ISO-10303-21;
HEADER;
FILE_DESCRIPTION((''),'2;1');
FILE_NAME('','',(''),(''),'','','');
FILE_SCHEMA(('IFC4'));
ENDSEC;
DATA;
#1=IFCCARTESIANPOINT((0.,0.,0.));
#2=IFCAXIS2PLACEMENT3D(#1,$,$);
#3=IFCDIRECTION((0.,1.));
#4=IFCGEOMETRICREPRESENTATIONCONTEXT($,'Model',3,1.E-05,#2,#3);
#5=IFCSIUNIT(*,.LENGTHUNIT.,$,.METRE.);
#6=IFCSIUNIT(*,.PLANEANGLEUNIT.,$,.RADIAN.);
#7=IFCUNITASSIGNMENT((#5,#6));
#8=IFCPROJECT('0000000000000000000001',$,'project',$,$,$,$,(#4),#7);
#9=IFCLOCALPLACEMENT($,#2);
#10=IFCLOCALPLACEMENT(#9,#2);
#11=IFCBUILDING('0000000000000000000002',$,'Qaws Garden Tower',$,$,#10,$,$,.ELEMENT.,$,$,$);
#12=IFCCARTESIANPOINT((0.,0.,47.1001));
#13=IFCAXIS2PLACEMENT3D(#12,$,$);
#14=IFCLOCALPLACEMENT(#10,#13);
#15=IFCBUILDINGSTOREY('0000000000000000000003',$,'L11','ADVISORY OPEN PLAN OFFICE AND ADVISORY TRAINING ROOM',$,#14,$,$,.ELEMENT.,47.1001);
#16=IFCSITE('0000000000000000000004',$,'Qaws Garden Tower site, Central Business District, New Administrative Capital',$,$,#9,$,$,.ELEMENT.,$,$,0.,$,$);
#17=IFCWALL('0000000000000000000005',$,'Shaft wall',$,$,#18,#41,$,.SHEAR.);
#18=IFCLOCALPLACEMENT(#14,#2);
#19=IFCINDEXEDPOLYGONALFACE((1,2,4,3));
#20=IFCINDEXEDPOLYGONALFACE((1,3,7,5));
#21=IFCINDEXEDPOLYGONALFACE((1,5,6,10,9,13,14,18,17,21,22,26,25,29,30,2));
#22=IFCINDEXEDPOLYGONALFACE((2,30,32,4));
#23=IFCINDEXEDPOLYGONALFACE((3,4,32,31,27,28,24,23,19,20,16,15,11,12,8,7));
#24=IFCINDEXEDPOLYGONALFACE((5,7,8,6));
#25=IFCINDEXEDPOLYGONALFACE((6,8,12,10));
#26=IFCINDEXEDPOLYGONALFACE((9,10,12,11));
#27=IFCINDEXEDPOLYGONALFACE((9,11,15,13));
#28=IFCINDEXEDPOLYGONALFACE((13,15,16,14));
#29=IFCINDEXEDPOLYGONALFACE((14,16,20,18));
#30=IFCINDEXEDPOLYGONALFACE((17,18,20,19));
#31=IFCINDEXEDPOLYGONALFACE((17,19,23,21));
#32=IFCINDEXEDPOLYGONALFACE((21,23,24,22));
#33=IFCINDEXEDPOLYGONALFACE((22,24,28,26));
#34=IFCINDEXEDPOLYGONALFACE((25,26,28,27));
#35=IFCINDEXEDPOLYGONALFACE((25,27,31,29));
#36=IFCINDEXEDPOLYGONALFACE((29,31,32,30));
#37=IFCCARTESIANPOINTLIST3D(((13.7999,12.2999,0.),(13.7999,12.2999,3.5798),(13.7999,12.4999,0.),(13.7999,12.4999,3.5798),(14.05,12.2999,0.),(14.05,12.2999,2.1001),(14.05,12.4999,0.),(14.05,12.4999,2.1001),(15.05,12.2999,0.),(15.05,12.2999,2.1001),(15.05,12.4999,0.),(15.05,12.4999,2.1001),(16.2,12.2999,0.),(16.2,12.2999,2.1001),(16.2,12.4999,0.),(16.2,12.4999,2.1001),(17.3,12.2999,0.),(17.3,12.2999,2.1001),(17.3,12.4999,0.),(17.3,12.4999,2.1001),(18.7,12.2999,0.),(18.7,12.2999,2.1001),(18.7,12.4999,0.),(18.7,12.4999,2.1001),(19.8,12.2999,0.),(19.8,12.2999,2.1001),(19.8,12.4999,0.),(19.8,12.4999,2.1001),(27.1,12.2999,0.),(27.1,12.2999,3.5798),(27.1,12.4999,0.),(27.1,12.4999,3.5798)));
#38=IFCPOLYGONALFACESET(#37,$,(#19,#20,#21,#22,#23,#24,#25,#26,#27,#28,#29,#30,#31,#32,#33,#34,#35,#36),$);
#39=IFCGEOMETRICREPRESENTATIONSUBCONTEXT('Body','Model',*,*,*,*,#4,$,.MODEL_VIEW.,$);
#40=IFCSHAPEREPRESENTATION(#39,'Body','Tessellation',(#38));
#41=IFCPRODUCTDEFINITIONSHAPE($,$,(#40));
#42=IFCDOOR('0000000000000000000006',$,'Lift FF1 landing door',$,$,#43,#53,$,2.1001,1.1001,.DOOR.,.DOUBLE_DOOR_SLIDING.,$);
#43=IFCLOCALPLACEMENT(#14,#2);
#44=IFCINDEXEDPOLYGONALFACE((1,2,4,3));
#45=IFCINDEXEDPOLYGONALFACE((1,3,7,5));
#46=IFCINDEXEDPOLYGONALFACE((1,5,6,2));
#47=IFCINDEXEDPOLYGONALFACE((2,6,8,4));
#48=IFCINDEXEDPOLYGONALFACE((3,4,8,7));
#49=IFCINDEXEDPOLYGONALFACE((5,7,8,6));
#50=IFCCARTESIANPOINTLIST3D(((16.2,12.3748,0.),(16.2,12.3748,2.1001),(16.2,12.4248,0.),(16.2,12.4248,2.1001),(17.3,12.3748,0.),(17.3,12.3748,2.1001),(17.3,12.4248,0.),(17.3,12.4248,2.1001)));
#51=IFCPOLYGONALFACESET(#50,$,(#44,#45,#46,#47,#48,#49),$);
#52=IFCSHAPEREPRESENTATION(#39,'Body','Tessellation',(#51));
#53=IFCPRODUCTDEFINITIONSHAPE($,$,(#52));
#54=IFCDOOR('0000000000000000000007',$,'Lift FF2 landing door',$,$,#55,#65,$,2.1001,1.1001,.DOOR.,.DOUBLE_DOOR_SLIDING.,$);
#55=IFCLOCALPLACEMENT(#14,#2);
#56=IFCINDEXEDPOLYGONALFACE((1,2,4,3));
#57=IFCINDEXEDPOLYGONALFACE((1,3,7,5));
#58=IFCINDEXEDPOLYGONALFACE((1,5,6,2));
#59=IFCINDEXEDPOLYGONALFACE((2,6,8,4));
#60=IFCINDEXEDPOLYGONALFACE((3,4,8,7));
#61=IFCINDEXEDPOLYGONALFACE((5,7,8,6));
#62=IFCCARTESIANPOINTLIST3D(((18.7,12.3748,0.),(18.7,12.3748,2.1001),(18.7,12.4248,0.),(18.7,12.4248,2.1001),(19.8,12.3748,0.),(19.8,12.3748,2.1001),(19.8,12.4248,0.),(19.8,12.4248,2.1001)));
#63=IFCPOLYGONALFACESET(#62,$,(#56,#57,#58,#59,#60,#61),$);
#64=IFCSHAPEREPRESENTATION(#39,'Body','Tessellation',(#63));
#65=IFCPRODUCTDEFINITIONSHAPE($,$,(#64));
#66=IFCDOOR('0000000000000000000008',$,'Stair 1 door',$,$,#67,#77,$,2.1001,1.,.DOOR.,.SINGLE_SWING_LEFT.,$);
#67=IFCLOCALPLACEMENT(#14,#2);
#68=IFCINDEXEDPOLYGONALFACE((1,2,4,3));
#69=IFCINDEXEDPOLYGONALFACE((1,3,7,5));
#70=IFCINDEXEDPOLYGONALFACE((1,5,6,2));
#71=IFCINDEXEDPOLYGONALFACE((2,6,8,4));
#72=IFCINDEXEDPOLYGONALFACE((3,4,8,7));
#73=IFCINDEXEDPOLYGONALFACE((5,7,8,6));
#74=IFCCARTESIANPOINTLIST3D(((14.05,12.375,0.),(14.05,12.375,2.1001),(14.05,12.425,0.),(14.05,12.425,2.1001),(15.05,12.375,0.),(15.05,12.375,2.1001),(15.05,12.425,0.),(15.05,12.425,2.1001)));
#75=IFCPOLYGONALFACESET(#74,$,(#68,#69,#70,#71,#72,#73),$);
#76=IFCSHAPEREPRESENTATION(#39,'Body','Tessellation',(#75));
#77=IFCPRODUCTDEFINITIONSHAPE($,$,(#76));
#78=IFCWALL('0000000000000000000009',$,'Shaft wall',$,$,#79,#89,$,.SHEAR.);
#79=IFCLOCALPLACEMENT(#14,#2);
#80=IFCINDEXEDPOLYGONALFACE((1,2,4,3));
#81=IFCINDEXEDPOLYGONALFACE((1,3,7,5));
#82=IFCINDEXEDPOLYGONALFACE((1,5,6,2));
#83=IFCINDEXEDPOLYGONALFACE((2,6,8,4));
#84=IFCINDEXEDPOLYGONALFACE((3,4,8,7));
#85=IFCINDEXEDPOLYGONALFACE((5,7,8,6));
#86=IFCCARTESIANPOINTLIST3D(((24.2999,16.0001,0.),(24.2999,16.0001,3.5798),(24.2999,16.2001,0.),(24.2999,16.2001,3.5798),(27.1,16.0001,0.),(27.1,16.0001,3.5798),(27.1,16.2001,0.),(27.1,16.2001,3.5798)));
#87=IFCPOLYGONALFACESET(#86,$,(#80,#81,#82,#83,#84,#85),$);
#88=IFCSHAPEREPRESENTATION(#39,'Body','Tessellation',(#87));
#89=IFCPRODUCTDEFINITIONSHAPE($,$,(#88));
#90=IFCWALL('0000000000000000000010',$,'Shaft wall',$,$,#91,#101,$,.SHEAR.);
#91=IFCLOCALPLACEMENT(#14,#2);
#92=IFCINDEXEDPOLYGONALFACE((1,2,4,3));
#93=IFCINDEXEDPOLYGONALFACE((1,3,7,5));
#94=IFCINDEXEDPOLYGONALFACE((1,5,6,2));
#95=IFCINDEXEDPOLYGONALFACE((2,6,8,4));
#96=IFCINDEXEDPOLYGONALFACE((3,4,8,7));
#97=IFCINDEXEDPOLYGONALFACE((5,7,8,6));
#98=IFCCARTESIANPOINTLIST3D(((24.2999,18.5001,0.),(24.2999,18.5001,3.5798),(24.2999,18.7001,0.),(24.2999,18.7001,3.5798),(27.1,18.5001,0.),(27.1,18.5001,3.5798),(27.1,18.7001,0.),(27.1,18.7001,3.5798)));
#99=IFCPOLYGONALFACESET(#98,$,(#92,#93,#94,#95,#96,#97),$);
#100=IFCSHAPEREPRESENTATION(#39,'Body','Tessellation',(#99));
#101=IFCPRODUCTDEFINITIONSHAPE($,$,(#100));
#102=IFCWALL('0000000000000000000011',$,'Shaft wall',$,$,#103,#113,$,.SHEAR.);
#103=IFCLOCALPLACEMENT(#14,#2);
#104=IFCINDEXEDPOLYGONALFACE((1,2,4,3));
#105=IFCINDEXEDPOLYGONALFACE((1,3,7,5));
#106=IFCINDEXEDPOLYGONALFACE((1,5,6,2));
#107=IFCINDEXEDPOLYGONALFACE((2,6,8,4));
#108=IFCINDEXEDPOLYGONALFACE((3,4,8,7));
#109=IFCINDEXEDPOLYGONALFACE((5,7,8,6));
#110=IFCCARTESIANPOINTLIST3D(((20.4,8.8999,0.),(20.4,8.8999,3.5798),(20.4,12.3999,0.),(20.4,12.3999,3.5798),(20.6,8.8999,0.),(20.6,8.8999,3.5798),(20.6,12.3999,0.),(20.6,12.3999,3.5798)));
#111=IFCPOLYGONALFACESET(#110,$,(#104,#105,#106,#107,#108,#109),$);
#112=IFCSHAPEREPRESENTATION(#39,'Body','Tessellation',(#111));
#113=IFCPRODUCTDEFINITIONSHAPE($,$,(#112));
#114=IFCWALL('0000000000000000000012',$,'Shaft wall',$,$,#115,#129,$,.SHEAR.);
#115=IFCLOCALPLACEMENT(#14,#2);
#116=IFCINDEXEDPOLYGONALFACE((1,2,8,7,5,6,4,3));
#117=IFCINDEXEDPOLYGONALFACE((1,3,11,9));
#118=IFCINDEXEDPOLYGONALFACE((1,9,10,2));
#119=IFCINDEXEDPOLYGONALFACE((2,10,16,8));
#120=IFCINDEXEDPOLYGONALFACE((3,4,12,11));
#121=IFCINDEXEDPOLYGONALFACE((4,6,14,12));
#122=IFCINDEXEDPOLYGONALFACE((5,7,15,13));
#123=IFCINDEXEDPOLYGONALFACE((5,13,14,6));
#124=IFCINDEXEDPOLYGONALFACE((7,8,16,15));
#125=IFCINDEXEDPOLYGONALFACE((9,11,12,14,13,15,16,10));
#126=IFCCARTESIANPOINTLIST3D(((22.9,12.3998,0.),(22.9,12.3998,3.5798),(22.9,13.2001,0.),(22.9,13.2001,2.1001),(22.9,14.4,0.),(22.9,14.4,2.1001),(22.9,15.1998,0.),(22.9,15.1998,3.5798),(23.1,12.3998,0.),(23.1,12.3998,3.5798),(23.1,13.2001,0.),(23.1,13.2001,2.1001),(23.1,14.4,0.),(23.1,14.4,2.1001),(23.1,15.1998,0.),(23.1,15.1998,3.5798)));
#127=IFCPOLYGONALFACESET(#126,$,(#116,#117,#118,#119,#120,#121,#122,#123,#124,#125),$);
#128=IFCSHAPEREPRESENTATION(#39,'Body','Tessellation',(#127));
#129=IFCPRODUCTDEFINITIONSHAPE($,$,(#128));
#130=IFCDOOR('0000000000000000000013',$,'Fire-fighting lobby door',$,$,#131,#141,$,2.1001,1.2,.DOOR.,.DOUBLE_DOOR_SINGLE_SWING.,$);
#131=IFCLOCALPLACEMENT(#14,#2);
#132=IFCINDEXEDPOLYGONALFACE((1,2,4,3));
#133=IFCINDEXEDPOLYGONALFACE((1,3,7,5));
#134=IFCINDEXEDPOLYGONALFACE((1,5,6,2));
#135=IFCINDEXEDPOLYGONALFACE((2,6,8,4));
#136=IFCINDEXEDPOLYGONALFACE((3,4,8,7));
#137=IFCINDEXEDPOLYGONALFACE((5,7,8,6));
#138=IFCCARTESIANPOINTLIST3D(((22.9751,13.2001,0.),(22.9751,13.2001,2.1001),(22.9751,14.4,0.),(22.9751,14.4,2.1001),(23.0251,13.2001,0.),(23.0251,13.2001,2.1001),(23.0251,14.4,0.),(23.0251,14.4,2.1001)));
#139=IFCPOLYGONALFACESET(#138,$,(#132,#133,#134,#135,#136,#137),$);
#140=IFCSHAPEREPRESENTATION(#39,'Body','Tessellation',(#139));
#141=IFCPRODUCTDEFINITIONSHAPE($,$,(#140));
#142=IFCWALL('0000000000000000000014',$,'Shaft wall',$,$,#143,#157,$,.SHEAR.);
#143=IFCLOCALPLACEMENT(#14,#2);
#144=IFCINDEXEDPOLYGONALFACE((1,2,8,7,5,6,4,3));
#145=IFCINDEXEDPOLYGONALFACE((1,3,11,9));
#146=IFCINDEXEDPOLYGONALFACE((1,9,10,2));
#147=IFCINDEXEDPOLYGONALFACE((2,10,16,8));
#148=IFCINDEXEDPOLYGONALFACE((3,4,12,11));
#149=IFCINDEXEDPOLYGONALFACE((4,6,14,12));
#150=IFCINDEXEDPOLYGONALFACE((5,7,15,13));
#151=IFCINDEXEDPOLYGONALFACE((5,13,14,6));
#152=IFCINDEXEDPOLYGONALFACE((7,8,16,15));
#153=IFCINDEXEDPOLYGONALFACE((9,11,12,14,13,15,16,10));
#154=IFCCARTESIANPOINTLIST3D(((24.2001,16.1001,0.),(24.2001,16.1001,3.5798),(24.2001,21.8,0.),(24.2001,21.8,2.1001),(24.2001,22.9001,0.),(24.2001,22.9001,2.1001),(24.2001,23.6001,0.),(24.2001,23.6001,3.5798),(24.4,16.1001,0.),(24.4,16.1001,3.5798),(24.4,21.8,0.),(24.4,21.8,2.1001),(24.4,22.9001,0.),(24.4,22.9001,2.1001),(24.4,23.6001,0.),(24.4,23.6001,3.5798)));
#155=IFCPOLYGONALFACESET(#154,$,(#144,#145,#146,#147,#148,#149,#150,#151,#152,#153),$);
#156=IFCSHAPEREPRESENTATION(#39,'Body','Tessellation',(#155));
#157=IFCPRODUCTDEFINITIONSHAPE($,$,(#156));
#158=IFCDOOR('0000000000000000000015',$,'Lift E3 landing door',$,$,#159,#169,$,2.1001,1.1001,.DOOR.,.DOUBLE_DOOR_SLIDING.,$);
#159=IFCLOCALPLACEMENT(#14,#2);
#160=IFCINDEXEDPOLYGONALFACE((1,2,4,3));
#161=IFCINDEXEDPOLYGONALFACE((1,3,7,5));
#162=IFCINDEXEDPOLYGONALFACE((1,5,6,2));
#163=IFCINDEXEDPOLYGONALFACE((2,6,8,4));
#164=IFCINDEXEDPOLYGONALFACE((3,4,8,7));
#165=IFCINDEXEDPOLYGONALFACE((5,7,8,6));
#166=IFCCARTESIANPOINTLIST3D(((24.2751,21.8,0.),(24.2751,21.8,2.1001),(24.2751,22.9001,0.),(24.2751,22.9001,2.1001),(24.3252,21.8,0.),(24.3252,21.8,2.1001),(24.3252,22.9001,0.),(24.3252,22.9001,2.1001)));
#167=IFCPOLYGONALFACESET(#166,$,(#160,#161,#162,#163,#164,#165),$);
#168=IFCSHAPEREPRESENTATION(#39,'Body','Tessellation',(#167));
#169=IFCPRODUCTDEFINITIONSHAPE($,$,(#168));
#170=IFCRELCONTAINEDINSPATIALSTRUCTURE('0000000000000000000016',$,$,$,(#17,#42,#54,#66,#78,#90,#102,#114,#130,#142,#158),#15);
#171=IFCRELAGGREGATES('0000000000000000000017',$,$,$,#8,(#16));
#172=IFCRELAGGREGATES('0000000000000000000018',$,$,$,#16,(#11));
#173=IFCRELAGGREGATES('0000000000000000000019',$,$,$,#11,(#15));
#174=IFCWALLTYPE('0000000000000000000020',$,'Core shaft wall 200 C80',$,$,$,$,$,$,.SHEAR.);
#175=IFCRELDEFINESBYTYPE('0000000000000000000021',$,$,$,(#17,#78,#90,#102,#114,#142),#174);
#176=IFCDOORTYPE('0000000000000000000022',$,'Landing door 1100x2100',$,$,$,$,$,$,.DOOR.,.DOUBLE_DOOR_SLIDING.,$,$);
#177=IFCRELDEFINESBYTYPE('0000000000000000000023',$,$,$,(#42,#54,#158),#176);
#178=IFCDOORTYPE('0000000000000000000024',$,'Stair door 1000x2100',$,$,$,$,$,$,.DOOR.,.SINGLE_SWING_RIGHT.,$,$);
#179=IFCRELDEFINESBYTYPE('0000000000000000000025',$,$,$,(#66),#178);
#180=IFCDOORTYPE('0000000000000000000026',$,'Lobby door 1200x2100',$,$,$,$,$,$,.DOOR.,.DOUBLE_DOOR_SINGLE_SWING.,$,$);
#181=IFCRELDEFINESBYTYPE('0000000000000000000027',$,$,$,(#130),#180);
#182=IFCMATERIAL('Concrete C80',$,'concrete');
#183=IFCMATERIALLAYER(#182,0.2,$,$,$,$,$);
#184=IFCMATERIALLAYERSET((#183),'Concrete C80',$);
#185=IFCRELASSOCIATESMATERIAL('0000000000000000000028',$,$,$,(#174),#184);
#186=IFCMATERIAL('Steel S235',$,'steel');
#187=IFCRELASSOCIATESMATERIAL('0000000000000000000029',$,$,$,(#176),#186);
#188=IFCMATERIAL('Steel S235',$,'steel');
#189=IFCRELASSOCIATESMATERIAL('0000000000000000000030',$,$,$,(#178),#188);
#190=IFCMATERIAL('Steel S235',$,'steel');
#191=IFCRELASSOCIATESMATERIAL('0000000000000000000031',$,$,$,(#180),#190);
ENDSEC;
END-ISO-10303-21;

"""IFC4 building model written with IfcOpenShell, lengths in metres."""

from ifc_helpers import new_model, si_unit, direction, frame, frame_2d, origin, place, context, subcontext, project, spatial, rectangle, extrude, material, layer, layer_set, type_object, element, fill, save


model = new_model("IFC4")

# Units and contexts
model_context = context("Model", 3, precision=1e-05, world=origin(), true_north=direction((0.0, 1.0)))
body_context = subcontext(model_context, "Body", "Model", "MODEL_VIEW")
ifc_project = project(units=[si_unit("LENGTHUNIT", "METRE"), si_unit("PLANEANGLEUNIT", "RADIAN")], contexts=[model_context])

# Site, building, storey
site_placement = place(None, origin())
site = spatial("IfcSite", under=ifc_project, at=site_placement, Name="Qaws Garden Tower site, Central Business District, New Administrative Capital", CompositionType="ELEMENT", RefElevation=0.0)
building_placement = place(site_placement, origin())
building = spatial("IfcBuilding", under=site, at=building_placement, Name="Qaws Garden Tower", CompositionType="ELEMENT")
storey_placement = place(building_placement, frame((0.0, 0.0, 47.1001)))
storey = spatial("IfcBuildingStorey", under=building, at=storey_placement, Name="L11", Description="ADVISORY OPEN PLAN OFFICE AND ADVISORY TRAINING ROOM", CompositionType="ELEMENT", Elevation=47.1001)

# Wall, openings, doors
ifc_material_1 = material(Name="Concrete C80", Category="concrete")
ifc_layer_1 = layer(ifc_material_1, 0.2)
ifc_layer_set_1 = layer_set([ifc_layer_1], Name="Concrete C80")
wall_type_1 = type_object("IfcWallType", Name="Core shaft wall 200 C80", PredefinedType="SHEAR", material=ifc_layer_set_1)
wall_1_placement = place(storey_placement, frame((13.8, 12.3999, 0.0), z_axis=(0.0, 0.0, 1.0), x_axis=(1.0, 0.0, 0.0)))
wall_1 = element("IfcWall", 1, at=wall_1_placement, inside=storey, type_object=wall_type_1, Name="Shaft wall", PredefinedType="SHEAR", context=body_context, shape_type="SweptSolid", body=[
    extrude(rectangle(XDim=13.3, YDim=0.2, at=frame_2d((6.6499, 0.0))), origin(), (0.0, 0.0, 1.0), 3.5798),
])
opening_1_placement = place(wall_1_placement, frame((2.3999, 0.0, 0.0)))
opening_1 = element("IfcOpeningElement", 2, at=opening_1_placement, cuts=wall_1, PredefinedType="OPENING", context=body_context, shape_type="SweptSolid", body=[
    extrude(rectangle(XDim=1.1001, YDim=2.1001, at=frame_2d((0.55, 1.05))), frame((0.0, 0.1099, 0.0), z_axis=(0.0, -1.0, 0.0), x_axis=(1.0, 0.0, 0.0)), (0.0, 0.0, 1.0), 0.22),
])
opening_2_placement = place(wall_1_placement, frame((4.8999, 0.0, 0.0)))
opening_2 = element("IfcOpeningElement", 3, at=opening_2_placement, cuts=wall_1, PredefinedType="OPENING", context=body_context, shape_type="SweptSolid", body=[
    extrude(rectangle(XDim=1.1001, YDim=2.1001, at=frame_2d((0.55, 1.05))), frame((0.0, 0.1099, 0.0), z_axis=(0.0, -1.0, 0.0), x_axis=(1.0, 0.0, 0.0)), (0.0, 0.0, 1.0), 0.22),
])
opening_3_placement = place(wall_1_placement, frame((0.25, 0.0, 0.0)))
opening_3 = element("IfcOpeningElement", 4, at=opening_3_placement, cuts=wall_1, PredefinedType="OPENING", context=body_context, shape_type="SweptSolid", body=[
    extrude(rectangle(XDim=1.0, YDim=2.1001, at=frame_2d((0.5, 1.05))), frame((0.0, 0.1099, 0.0), z_axis=(0.0, -1.0, 0.0), x_axis=(1.0, 0.0, 0.0)), (0.0, 0.0, 1.0), 0.22),
])
ifc_material_2 = material(Name="Steel S235", Category="steel")
door_type_1 = type_object("IfcDoorType", Name="Landing door 1100x2100", OperationType="DOUBLE_DOOR_SLIDING", PredefinedType="DOOR", material=ifc_material_2)
door_1_placement = place(opening_1_placement, origin())
door_1 = element("IfcDoor", 5, at=door_1_placement, inside=storey, type_object=door_type_1, Name="Lift FF1 landing door", OperationType="DOUBLE_DOOR_SLIDING", OverallHeight=2.1001, OverallWidth=1.1001, PredefinedType="DOOR", context=body_context, shape_type="SweptSolid", body=[
    extrude(rectangle(XDim=1.1001, YDim=2.1001, at=frame_2d((0.55, 1.05))), frame((0.0, 0.0249, 0.0), z_axis=(0.0, -1.0, 0.0), x_axis=(1.0, 0.0, 0.0)), (0.0, 0.0, 1.0), 0.05),
])
fill(opening_1, door_1)
door_2_placement = place(opening_2_placement, origin())
door_2 = element("IfcDoor", 6, at=door_2_placement, inside=storey, type_object=door_type_1, Name="Lift FF2 landing door", OperationType="DOUBLE_DOOR_SLIDING", OverallHeight=2.1001, OverallWidth=1.1001, PredefinedType="DOOR", context=body_context, shape_type="SweptSolid", body=[
    extrude(rectangle(XDim=1.1001, YDim=2.1001, at=frame_2d((0.55, 1.05))), frame((0.0, 0.0249, 0.0), z_axis=(0.0, -1.0, 0.0), x_axis=(1.0, 0.0, 0.0)), (0.0, 0.0, 1.0), 0.05),
])
fill(opening_2, door_2)
ifc_material_3 = material(Name="Steel S235", Category="steel")
door_type_2 = type_object("IfcDoorType", Name="Stair door 1000x2100", OperationType="SINGLE_SWING_RIGHT", PredefinedType="DOOR", material=ifc_material_3)
door_3_placement = place(opening_3_placement, frame((1.0, 0.0, 0.0), z_axis=(0.0, 0.0, 1.0), x_axis=(-1.0, 0.0, 0.0)))
door_3 = element("IfcDoor", 7, at=door_3_placement, inside=storey, type_object=door_type_2, Name="Stair 1 door", OperationType="SINGLE_SWING_LEFT", OverallHeight=2.1001, OverallWidth=1.0, PredefinedType="DOOR", context=body_context, shape_type="SweptSolid", body=[
    extrude(rectangle(XDim=1.0, YDim=2.1001, at=frame_2d((0.5, 1.05))), frame((0.0, 0.0249, 0.0), z_axis=(0.0, -1.0, 0.0), x_axis=(1.0, 0.0, 0.0)), (0.0, 0.0, 1.0), 0.05),
])
fill(opening_3, door_3)

# Walls
for number, where, z_axis, x_axis, name in (
    (8, (24.3, 16.1001, 0.0), (0.0, 0.0, 1.0), (1.0, 0.0, 0.0), "Shaft wall"),
    (9, (24.3, 18.6001, 0.0), (0.0, 0.0, 1.0), (1.0, 0.0, 0.0), "Shaft wall"),
):
    element("IfcWall", number, at=place(storey_placement, frame(where, z_axis=z_axis, x_axis=x_axis)), inside=storey, type_object=wall_type_1, Name=name, PredefinedType="SHEAR", context=body_context, shape_type="SweptSolid", body=[
        extrude(rectangle(XDim=2.8, YDim=0.2, at=frame_2d((1.3999, 0.0))), origin(), (0.0, 0.0, 1.0), 3.5798),
    ])
wall_2_placement = place(storey_placement, frame((20.5, 8.8999, 0.0), z_axis=(0.0, 0.0, 1.0), x_axis=(0.0, 1.0, 0.0)))
element("IfcWall", 10, at=wall_2_placement, inside=storey, type_object=wall_type_1, Name="Shaft wall", PredefinedType="SHEAR", context=body_context, shape_type="SweptSolid", body=[
    extrude(rectangle(XDim=3.5, YDim=0.2, at=frame_2d((1.75, 0.0))), origin(), (0.0, 0.0, 1.0), 3.5798),
])

# Walls, openings, doors
wall_3_placement = place(storey_placement, frame((23.0, 12.3999, 0.0), z_axis=(0.0, 0.0, 1.0), x_axis=(0.0, 1.0, 0.0)))
wall_3 = element("IfcWall", 11, at=wall_3_placement, inside=storey, type_object=wall_type_1, Name="Shaft wall", PredefinedType="SHEAR", context=body_context, shape_type="SweptSolid", body=[
    extrude(rectangle(XDim=2.8, YDim=0.2, at=frame_2d((1.3999, 0.0))), origin(), (0.0, 0.0, 1.0), 3.5798),
])
opening_4_placement = place(wall_3_placement, frame((0.8, 0.0, 0.0)))
opening_4 = element("IfcOpeningElement", 12, at=opening_4_placement, cuts=wall_3, PredefinedType="OPENING", context=body_context, shape_type="SweptSolid", body=[
    extrude(rectangle(XDim=1.2, YDim=2.1001, at=frame_2d((0.6001, 1.05))), frame((0.0, 0.1099, 0.0), z_axis=(0.0, -1.0, 0.0), x_axis=(1.0, 0.0, 0.0)), (0.0, 0.0, 1.0), 0.22),
])
ifc_material_4 = material(Name="Steel S235", Category="steel")
door_type_3 = type_object("IfcDoorType", Name="Lobby door 1200x2100", OperationType="DOUBLE_DOOR_SINGLE_SWING", PredefinedType="DOOR", material=ifc_material_4)
door_4_placement = place(opening_4_placement, origin())
door_4 = element("IfcDoor", 13, at=door_4_placement, inside=storey, type_object=door_type_3, Name="Fire-fighting lobby door", OperationType="DOUBLE_DOOR_SINGLE_SWING", OverallHeight=2.1001, OverallWidth=1.2, PredefinedType="DOOR", context=body_context, shape_type="SweptSolid", body=[
    extrude(rectangle(XDim=1.2, YDim=2.1001, at=frame_2d((0.6001, 1.05))), frame((0.0, 0.0249, 0.0), z_axis=(0.0, -1.0, 0.0), x_axis=(1.0, 0.0, 0.0)), (0.0, 0.0, 1.0), 0.05),
])
fill(opening_4, door_4)
wall_4_placement = place(storey_placement, frame((24.3, 16.1001, 0.0), z_axis=(0.0, 0.0, 1.0), x_axis=(0.0, 1.0, 0.0)))
wall_4 = element("IfcWall", 14, at=wall_4_placement, inside=storey, type_object=wall_type_1, Name="Shaft wall", PredefinedType="SHEAR", context=body_context, shape_type="SweptSolid", body=[
    extrude(rectangle(XDim=7.5, YDim=0.2, at=frame_2d((3.75, 0.0))), origin(), (0.0, 0.0, 1.0), 3.5798),
])
opening_5_placement = place(wall_4_placement, frame((5.7, 0.0, 0.0)))
opening_5 = element("IfcOpeningElement", 15, at=opening_5_placement, cuts=wall_4, PredefinedType="OPENING", context=body_context, shape_type="SweptSolid", body=[
    extrude(rectangle(XDim=1.1001, YDim=2.1001, at=frame_2d((0.55, 1.05))), frame((0.0, 0.1099, 0.0), z_axis=(0.0, -1.0, 0.0), x_axis=(1.0, 0.0, 0.0)), (0.0, 0.0, 1.0), 0.22),
])
door_5_placement = place(opening_5_placement, origin())
door_5 = element("IfcDoor", 16, at=door_5_placement, inside=storey, type_object=door_type_1, Name="Lift E3 landing door", OperationType="DOUBLE_DOOR_SLIDING", OverallHeight=2.1001, OverallWidth=1.1001, PredefinedType="DOOR", context=body_context, shape_type="SweptSolid", body=[
    extrude(rectangle(XDim=1.1001, YDim=2.1001, at=frame_2d((0.55, 1.05))), frame((0.0, 0.0249, 0.0), z_axis=(0.0, -1.0, 0.0), x_axis=(1.0, 0.0, 0.0)), (0.0, 0.0, 1.0), 0.05),
])
fill(opening_5, door_5)

save(model, "model.ifc")
